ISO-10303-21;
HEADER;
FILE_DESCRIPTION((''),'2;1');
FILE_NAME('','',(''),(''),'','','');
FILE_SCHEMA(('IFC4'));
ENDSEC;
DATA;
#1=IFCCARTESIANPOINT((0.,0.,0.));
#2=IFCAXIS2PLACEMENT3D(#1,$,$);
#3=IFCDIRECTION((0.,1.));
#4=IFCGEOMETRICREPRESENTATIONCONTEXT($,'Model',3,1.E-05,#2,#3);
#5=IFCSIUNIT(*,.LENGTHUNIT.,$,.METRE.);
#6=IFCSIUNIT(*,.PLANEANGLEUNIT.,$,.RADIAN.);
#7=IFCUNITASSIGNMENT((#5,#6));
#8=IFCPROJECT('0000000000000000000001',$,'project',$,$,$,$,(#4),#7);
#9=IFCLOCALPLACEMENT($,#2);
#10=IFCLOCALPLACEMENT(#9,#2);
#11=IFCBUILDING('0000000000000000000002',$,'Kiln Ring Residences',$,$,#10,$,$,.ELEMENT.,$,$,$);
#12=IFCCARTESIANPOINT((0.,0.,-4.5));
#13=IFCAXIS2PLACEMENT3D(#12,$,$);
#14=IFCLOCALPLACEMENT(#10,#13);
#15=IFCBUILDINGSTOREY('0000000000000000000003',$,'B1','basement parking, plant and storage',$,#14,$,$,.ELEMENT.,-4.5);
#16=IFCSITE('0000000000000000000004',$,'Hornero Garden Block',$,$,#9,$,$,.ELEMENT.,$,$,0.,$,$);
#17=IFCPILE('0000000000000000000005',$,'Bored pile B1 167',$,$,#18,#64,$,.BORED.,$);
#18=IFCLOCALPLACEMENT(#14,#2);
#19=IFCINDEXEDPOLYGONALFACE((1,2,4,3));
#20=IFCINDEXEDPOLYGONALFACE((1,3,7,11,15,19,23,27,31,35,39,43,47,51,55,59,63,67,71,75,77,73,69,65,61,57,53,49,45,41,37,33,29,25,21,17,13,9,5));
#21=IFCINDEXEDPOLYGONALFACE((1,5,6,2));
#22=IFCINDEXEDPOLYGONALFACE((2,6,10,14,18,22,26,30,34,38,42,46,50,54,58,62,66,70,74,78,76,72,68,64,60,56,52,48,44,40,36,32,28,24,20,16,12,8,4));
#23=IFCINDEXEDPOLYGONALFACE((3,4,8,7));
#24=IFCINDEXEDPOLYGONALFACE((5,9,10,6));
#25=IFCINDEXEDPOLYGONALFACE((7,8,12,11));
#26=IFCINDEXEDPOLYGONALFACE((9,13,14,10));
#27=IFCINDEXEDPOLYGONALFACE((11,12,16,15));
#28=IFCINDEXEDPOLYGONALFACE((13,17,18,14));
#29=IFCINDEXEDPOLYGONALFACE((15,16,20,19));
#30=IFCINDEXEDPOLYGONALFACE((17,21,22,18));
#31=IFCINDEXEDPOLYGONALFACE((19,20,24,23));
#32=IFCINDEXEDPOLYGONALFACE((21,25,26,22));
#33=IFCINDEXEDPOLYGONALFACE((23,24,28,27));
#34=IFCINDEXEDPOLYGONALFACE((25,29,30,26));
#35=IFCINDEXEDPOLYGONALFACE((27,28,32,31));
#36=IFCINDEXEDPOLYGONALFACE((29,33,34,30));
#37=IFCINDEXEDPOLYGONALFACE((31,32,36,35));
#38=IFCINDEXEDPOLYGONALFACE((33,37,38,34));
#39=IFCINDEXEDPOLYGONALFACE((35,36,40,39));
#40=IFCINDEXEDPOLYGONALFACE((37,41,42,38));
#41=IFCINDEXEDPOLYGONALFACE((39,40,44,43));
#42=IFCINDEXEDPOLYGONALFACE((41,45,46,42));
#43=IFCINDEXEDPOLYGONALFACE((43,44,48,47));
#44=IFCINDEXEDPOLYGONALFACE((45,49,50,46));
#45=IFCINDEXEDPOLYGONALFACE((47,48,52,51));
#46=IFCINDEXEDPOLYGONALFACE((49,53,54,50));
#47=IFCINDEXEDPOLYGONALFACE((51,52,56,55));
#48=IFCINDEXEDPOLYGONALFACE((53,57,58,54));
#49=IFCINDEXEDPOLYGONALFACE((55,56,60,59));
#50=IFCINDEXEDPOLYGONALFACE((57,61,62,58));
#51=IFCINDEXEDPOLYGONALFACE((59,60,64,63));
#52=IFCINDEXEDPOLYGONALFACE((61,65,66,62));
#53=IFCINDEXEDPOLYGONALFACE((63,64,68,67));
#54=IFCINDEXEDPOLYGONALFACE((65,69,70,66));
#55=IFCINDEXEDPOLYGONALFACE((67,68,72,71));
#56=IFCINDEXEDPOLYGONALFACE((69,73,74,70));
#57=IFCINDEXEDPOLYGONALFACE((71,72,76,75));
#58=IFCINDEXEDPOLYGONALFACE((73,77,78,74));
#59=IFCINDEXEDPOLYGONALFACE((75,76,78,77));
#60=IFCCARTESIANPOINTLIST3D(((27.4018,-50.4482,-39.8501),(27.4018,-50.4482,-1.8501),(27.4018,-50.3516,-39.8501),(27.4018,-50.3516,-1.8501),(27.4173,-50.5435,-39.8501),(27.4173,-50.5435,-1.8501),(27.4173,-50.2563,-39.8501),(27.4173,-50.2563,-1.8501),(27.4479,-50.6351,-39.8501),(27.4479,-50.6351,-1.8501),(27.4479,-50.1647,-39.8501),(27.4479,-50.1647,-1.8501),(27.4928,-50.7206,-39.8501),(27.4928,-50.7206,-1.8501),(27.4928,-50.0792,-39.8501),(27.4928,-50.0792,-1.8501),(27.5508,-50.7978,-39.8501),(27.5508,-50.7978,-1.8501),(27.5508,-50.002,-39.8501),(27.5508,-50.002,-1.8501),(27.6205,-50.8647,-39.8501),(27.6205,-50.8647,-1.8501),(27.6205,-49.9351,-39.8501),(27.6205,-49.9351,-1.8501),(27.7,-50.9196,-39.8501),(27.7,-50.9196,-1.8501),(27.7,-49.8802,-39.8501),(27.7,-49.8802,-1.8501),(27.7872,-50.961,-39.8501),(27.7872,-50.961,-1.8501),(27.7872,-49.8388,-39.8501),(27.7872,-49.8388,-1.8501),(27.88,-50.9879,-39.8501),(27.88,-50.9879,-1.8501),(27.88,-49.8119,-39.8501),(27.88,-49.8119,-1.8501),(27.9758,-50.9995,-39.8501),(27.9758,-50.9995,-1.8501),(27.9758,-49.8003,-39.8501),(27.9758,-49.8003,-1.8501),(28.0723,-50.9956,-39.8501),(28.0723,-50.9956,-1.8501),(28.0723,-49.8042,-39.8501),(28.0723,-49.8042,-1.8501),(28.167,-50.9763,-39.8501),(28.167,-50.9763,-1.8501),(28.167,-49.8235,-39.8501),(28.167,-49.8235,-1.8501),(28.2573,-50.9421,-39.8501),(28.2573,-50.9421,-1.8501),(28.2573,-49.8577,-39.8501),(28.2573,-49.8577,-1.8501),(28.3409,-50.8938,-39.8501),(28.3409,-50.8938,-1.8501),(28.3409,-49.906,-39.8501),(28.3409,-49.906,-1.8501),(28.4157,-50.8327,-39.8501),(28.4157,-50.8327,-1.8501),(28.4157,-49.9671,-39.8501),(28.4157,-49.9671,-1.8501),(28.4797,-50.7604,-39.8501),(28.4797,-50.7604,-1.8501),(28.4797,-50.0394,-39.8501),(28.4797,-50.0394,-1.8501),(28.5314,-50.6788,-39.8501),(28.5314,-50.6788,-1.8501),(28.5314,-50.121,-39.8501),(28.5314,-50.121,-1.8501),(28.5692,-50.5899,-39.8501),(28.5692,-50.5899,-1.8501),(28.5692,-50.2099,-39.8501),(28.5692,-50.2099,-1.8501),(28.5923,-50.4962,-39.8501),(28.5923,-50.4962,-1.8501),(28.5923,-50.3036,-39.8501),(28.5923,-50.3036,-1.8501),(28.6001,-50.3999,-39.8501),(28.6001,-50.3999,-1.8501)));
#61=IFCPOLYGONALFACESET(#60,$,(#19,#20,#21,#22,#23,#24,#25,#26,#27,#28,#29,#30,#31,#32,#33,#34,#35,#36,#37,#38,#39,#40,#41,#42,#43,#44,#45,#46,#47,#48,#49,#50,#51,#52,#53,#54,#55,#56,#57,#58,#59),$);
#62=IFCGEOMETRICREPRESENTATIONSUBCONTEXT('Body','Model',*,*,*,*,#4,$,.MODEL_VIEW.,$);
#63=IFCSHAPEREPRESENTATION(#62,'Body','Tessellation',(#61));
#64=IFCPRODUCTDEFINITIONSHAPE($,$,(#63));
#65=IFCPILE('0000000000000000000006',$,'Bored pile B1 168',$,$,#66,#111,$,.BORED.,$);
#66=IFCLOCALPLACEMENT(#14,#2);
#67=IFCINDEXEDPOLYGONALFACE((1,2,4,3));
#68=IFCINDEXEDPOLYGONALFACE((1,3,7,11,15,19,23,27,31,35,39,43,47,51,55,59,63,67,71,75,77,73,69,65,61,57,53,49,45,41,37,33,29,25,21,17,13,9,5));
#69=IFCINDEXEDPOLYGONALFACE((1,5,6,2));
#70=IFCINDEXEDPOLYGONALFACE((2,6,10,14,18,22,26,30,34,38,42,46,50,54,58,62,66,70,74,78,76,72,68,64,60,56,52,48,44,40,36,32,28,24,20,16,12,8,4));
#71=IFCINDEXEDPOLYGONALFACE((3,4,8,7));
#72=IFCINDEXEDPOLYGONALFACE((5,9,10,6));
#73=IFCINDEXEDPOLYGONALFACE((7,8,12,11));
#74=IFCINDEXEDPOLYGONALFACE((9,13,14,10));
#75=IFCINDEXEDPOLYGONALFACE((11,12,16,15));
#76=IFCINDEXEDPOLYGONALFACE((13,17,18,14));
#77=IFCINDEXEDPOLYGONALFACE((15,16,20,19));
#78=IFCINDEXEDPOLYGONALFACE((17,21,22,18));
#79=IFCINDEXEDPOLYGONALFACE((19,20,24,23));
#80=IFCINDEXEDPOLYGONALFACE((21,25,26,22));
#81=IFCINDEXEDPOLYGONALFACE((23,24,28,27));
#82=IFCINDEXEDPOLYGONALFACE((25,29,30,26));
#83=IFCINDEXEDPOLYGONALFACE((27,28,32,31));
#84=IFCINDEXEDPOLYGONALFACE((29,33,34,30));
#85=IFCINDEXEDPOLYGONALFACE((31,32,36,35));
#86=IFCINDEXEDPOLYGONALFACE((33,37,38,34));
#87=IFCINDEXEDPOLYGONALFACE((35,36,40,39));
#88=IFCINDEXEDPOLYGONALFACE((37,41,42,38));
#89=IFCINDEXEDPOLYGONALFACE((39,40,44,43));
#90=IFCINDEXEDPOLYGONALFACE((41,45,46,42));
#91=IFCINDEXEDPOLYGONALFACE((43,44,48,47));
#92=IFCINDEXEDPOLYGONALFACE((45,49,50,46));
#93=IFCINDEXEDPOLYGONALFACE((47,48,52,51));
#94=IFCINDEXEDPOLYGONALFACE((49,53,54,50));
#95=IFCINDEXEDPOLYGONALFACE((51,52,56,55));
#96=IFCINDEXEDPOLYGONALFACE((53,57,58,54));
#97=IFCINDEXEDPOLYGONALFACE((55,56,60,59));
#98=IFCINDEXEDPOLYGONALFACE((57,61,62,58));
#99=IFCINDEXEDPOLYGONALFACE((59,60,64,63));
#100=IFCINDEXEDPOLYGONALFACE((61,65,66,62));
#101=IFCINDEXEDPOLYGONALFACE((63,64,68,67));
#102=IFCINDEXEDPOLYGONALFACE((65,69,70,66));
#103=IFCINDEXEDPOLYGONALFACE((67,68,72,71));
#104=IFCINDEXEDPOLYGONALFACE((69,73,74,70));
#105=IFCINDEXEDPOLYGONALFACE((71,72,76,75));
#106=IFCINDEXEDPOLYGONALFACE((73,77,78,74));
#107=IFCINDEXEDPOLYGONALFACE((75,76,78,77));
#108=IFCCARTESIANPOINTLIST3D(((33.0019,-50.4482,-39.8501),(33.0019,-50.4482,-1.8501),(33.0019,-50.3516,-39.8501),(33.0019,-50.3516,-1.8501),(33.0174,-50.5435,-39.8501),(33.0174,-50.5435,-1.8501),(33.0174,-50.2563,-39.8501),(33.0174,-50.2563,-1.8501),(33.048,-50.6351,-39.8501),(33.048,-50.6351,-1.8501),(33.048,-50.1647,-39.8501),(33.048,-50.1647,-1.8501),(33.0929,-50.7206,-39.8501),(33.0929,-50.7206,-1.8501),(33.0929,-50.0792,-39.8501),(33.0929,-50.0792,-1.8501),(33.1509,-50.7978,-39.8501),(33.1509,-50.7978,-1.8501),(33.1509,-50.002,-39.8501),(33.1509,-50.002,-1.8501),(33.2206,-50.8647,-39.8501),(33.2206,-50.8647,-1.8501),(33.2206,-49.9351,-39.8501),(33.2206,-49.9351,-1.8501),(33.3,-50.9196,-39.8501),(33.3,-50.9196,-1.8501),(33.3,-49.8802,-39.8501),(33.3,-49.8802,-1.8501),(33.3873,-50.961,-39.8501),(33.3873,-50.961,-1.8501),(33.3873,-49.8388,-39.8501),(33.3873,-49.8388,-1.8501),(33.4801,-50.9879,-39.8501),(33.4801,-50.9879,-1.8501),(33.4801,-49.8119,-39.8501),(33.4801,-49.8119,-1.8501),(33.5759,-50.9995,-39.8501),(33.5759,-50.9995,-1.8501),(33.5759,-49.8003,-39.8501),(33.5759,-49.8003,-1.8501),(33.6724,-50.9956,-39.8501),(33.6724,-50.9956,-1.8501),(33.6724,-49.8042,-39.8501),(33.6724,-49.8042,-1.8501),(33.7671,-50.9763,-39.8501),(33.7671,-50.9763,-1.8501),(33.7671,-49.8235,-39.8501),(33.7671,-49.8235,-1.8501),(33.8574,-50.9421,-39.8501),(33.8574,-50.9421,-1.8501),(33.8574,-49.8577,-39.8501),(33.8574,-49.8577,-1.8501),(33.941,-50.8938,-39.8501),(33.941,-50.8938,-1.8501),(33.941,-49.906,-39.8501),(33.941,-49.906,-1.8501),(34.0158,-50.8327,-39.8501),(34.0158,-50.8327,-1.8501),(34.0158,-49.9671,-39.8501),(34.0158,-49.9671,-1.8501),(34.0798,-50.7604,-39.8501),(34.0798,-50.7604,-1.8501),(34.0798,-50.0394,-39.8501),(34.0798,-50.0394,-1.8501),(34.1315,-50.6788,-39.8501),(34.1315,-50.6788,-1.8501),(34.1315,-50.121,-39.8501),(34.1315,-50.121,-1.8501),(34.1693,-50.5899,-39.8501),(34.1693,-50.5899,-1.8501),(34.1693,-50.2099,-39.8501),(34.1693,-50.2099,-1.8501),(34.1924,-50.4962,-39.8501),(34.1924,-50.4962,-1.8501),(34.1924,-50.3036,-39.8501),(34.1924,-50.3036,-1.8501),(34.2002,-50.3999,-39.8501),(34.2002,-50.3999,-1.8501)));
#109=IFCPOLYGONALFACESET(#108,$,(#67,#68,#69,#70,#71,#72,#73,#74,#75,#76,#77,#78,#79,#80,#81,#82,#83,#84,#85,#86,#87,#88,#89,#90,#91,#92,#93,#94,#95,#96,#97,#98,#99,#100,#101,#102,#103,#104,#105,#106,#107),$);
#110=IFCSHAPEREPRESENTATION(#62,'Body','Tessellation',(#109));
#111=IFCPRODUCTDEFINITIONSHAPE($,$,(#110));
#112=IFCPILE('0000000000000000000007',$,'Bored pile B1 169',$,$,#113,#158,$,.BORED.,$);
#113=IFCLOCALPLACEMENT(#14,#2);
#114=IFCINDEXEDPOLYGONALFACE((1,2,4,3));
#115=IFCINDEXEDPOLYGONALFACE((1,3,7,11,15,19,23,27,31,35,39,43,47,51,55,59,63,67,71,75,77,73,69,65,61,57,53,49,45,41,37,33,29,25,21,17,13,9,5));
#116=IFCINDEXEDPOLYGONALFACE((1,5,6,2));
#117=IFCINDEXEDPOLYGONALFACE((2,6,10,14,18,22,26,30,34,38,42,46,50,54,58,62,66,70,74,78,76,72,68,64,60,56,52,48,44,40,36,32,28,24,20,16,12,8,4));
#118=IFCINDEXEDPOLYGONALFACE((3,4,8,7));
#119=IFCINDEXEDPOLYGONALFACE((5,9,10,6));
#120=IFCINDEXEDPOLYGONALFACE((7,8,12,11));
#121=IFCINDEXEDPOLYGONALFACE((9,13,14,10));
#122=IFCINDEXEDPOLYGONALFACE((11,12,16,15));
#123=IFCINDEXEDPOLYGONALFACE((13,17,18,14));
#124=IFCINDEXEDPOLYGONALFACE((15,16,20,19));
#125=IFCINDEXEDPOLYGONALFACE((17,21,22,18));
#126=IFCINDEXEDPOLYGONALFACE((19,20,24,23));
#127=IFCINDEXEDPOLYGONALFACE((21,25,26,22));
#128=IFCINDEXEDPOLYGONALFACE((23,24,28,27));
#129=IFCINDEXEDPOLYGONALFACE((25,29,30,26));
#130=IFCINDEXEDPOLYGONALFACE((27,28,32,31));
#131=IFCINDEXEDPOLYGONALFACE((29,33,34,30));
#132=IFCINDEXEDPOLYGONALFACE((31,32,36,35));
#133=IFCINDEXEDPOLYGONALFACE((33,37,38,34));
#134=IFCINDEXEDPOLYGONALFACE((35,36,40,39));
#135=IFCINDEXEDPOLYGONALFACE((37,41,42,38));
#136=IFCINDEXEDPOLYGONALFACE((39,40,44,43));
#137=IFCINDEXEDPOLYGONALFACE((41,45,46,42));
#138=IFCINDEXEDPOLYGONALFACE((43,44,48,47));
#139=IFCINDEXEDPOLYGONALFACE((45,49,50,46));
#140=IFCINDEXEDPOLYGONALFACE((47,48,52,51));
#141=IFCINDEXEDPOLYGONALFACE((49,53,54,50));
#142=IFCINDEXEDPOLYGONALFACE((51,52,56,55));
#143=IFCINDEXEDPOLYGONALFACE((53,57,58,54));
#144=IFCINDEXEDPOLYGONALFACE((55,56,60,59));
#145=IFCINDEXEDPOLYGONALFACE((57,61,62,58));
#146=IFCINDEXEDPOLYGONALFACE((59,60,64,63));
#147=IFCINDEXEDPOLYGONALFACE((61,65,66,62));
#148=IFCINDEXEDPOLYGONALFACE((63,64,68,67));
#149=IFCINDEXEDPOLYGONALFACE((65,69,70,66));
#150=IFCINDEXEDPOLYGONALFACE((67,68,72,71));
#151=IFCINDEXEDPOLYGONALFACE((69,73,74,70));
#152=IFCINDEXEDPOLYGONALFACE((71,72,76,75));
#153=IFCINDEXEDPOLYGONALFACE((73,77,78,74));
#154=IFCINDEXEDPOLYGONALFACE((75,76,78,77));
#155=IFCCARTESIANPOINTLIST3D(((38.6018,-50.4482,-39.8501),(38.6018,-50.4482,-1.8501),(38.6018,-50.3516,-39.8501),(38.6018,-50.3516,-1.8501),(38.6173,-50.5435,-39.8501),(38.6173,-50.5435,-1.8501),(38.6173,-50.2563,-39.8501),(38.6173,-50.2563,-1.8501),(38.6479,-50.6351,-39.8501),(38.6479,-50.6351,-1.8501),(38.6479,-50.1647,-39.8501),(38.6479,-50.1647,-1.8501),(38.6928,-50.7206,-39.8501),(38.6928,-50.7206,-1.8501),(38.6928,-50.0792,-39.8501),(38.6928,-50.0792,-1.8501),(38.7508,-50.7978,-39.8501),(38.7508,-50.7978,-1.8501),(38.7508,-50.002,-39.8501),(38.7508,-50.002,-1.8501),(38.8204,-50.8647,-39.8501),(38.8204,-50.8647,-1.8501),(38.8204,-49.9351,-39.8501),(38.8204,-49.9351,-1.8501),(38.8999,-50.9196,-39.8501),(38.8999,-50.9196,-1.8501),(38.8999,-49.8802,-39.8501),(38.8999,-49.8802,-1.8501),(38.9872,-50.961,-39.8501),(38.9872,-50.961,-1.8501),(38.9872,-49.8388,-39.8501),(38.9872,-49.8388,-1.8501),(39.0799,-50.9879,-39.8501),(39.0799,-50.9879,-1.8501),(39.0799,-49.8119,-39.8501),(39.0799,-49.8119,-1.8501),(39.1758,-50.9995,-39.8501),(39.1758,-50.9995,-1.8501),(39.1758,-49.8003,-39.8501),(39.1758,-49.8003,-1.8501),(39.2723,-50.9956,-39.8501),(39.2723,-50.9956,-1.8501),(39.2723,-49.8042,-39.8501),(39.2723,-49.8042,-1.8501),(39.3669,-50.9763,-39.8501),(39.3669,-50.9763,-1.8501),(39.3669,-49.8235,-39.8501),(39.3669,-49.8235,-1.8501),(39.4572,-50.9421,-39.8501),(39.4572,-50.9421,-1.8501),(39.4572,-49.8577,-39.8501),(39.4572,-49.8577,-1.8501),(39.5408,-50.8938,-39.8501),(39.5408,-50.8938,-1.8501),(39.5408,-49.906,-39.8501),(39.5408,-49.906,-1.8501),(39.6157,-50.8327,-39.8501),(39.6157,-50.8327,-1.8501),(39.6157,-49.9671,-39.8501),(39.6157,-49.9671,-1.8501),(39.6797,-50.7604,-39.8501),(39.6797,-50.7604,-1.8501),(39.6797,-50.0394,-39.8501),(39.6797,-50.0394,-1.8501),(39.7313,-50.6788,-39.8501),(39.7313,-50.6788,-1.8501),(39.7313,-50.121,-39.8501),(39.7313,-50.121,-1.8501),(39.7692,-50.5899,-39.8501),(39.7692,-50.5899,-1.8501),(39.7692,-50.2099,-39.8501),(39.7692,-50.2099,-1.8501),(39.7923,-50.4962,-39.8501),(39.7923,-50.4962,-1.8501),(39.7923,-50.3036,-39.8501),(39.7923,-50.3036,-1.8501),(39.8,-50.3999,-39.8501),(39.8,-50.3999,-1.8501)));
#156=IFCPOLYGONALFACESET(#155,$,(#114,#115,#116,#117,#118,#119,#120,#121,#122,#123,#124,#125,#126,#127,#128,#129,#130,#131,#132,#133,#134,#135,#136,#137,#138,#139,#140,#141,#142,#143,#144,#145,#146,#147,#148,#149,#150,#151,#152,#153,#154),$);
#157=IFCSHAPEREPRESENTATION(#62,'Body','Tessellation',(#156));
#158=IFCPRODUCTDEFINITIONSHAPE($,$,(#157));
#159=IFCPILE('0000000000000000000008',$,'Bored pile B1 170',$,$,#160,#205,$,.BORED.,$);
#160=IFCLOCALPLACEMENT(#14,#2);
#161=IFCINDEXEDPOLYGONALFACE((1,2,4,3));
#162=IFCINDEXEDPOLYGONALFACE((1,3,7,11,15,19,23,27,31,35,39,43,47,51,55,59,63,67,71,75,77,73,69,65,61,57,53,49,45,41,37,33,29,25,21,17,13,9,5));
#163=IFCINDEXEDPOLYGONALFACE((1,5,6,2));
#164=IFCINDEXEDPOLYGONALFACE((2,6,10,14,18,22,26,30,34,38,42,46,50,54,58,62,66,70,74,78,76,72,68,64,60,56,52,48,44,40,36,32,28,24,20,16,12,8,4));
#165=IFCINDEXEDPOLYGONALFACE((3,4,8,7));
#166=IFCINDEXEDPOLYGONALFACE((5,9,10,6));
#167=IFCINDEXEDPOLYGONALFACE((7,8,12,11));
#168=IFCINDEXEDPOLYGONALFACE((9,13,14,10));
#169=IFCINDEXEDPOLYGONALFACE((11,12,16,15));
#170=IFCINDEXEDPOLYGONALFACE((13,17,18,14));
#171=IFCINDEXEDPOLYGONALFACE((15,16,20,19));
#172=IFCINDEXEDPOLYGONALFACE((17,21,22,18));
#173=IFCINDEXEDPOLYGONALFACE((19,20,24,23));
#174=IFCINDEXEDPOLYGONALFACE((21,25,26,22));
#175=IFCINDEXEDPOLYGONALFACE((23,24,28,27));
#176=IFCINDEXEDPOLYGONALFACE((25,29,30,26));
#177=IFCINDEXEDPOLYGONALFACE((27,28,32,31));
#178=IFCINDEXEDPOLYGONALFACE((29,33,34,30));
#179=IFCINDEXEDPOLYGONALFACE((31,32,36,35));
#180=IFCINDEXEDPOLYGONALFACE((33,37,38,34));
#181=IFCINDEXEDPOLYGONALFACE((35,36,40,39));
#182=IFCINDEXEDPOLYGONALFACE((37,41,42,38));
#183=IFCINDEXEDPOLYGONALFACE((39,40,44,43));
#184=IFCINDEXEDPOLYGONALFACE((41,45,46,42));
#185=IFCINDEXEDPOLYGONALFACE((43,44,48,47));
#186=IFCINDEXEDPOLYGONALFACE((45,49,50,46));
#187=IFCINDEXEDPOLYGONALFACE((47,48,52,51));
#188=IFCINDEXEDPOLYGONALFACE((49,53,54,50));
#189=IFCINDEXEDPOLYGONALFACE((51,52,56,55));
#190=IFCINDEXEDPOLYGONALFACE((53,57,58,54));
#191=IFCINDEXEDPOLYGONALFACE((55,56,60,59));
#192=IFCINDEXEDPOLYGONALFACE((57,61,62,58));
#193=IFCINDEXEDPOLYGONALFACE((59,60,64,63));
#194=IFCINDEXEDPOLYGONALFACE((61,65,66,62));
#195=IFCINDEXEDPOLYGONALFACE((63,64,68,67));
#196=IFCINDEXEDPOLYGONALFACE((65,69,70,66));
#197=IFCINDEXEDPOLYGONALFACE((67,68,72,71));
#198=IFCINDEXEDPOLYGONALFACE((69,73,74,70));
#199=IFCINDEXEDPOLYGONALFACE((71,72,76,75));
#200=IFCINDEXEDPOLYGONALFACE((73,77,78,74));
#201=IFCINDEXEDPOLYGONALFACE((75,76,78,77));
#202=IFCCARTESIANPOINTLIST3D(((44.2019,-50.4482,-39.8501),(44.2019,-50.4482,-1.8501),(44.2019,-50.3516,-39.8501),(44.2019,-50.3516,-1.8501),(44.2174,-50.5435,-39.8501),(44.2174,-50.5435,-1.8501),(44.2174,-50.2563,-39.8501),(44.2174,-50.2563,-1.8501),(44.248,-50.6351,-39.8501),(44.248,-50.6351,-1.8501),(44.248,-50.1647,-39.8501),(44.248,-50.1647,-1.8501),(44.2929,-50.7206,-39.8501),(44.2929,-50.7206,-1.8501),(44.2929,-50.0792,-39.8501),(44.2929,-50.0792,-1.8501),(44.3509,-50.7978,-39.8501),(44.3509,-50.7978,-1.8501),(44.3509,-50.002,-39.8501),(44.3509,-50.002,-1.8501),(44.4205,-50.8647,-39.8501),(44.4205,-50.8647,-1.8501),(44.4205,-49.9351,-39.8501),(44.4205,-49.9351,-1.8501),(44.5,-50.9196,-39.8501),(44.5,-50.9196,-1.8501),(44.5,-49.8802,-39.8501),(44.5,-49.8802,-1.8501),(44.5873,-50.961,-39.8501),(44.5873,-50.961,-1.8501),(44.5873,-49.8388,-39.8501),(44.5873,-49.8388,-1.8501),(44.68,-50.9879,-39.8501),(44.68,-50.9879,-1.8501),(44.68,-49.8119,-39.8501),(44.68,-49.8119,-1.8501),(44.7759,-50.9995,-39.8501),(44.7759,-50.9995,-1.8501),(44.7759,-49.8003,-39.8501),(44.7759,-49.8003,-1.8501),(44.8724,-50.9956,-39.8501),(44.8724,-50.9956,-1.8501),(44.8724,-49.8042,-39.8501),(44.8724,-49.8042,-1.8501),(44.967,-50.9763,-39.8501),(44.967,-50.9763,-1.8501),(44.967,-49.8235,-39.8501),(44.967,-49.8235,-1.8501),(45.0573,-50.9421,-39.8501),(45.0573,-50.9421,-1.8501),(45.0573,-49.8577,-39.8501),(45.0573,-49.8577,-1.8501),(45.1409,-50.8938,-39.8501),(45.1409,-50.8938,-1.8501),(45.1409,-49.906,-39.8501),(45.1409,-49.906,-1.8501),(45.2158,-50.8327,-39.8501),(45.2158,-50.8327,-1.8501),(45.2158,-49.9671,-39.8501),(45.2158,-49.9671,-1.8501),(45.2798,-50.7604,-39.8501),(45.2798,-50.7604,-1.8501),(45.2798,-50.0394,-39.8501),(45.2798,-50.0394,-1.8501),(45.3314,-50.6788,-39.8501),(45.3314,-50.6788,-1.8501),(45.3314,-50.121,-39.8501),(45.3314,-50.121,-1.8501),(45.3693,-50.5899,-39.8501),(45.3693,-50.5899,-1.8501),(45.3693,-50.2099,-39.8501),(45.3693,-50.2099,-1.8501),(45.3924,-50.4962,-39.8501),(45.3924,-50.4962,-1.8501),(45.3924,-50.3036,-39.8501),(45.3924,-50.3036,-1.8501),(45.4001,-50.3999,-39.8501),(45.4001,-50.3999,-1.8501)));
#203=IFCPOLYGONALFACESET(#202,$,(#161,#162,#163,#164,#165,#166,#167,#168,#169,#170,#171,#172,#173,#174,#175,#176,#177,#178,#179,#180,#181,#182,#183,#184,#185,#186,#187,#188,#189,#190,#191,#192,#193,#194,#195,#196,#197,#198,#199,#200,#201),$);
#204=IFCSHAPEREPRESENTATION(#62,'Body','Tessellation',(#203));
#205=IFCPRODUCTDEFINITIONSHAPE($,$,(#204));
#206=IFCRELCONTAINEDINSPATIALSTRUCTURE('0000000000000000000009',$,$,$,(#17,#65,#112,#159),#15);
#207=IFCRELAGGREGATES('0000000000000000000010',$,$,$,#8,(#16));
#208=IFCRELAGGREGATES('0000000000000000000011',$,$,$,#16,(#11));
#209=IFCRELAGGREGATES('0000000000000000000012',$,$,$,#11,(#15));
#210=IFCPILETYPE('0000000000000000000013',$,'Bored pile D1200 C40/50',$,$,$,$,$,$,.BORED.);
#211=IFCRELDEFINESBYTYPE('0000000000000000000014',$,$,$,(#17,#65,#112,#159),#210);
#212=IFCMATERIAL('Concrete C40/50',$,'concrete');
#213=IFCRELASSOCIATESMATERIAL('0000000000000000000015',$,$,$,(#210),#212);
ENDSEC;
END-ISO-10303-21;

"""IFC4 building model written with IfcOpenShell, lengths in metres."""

from ifc_helpers import new_model, si_unit, direction, frame, origin, origin_2d, place, context, subcontext, project, spatial, circle, extrude, material, material_profile, profile_set, type_object, element, save


model = new_model("IFC4")

# Units and contexts
model_context = context("Model", 3, precision=1e-05, world=origin(), true_north=direction((0.0, 1.0)))
body_context = subcontext(model_context, "Body", "Model", "MODEL_VIEW")
ifc_project = project(units=[si_unit("LENGTHUNIT", "METRE"), si_unit("PLANEANGLEUNIT", "RADIAN")], contexts=[model_context])

# Site, building, storey
site_placement = place(None, origin())
site = spatial("IfcSite", under=ifc_project, at=site_placement, Name="Hornero Garden Block", CompositionType="ELEMENT", RefElevation=0.0)
building_placement = place(site_placement, origin())
building = spatial("IfcBuilding", under=site, at=building_placement, Name="Kiln Ring Residences", CompositionType="ELEMENT")
storey_placement = place(building_placement, frame((0.0, 0.0, -4.5)))
storey = spatial("IfcBuildingStorey", under=building, at=storey_placement, Name="B1", Description="basement parking, plant and storage", CompositionType="ELEMENT", Elevation=-4.5)

# Piles
ifc_material_1 = material(Name="Concrete C40/50", Category="concrete")
ifc_material_profile_1 = material_profile(ifc_material_1, circle(Radius=0.6001, at=origin_2d()), Name="BORED1200")
ifc_profile_set_1 = profile_set([ifc_material_profile_1], Name="Concrete C40/50")
pile_type = type_object("IfcPileType", Name="Bored pile D1200 C40/50", PredefinedType="BORED", material=ifc_profile_set_1)
for number, where, z_axis, x_axis, name in (
    (1, (28.0, -50.3999, -1.8501), (0.0, 0.0, -1.0), (1.0, 0.0, 0.0), "Bored pile B1 167"),
    (2, (33.6001, -50.3999, -1.8501), (0.0, 0.0, -1.0), (1.0, 0.0, 0.0), "Bored pile B1 168"),
    (3, (39.2, -50.3999, -1.8501), (0.0, 0.0, -1.0), (1.0, 0.0, 0.0), "Bored pile B1 169"),
    (4, (44.8, -50.3999, -1.8501), (0.0, 0.0, -1.0), (1.0, 0.0, 0.0), "Bored pile B1 170"),
):
    element("IfcPile", number, at=place(storey_placement, frame(where, z_axis=z_axis, x_axis=x_axis)), inside=storey, type_object=pile_type, Name=name, PredefinedType="BORED", context=body_context, shape_type="SweptSolid", body=[
        extrude(circle(Radius=0.6001, at=origin_2d()), origin(), (0.0, 0.0, 1.0), 38.0),
    ])

save(model, "model.ifc")
